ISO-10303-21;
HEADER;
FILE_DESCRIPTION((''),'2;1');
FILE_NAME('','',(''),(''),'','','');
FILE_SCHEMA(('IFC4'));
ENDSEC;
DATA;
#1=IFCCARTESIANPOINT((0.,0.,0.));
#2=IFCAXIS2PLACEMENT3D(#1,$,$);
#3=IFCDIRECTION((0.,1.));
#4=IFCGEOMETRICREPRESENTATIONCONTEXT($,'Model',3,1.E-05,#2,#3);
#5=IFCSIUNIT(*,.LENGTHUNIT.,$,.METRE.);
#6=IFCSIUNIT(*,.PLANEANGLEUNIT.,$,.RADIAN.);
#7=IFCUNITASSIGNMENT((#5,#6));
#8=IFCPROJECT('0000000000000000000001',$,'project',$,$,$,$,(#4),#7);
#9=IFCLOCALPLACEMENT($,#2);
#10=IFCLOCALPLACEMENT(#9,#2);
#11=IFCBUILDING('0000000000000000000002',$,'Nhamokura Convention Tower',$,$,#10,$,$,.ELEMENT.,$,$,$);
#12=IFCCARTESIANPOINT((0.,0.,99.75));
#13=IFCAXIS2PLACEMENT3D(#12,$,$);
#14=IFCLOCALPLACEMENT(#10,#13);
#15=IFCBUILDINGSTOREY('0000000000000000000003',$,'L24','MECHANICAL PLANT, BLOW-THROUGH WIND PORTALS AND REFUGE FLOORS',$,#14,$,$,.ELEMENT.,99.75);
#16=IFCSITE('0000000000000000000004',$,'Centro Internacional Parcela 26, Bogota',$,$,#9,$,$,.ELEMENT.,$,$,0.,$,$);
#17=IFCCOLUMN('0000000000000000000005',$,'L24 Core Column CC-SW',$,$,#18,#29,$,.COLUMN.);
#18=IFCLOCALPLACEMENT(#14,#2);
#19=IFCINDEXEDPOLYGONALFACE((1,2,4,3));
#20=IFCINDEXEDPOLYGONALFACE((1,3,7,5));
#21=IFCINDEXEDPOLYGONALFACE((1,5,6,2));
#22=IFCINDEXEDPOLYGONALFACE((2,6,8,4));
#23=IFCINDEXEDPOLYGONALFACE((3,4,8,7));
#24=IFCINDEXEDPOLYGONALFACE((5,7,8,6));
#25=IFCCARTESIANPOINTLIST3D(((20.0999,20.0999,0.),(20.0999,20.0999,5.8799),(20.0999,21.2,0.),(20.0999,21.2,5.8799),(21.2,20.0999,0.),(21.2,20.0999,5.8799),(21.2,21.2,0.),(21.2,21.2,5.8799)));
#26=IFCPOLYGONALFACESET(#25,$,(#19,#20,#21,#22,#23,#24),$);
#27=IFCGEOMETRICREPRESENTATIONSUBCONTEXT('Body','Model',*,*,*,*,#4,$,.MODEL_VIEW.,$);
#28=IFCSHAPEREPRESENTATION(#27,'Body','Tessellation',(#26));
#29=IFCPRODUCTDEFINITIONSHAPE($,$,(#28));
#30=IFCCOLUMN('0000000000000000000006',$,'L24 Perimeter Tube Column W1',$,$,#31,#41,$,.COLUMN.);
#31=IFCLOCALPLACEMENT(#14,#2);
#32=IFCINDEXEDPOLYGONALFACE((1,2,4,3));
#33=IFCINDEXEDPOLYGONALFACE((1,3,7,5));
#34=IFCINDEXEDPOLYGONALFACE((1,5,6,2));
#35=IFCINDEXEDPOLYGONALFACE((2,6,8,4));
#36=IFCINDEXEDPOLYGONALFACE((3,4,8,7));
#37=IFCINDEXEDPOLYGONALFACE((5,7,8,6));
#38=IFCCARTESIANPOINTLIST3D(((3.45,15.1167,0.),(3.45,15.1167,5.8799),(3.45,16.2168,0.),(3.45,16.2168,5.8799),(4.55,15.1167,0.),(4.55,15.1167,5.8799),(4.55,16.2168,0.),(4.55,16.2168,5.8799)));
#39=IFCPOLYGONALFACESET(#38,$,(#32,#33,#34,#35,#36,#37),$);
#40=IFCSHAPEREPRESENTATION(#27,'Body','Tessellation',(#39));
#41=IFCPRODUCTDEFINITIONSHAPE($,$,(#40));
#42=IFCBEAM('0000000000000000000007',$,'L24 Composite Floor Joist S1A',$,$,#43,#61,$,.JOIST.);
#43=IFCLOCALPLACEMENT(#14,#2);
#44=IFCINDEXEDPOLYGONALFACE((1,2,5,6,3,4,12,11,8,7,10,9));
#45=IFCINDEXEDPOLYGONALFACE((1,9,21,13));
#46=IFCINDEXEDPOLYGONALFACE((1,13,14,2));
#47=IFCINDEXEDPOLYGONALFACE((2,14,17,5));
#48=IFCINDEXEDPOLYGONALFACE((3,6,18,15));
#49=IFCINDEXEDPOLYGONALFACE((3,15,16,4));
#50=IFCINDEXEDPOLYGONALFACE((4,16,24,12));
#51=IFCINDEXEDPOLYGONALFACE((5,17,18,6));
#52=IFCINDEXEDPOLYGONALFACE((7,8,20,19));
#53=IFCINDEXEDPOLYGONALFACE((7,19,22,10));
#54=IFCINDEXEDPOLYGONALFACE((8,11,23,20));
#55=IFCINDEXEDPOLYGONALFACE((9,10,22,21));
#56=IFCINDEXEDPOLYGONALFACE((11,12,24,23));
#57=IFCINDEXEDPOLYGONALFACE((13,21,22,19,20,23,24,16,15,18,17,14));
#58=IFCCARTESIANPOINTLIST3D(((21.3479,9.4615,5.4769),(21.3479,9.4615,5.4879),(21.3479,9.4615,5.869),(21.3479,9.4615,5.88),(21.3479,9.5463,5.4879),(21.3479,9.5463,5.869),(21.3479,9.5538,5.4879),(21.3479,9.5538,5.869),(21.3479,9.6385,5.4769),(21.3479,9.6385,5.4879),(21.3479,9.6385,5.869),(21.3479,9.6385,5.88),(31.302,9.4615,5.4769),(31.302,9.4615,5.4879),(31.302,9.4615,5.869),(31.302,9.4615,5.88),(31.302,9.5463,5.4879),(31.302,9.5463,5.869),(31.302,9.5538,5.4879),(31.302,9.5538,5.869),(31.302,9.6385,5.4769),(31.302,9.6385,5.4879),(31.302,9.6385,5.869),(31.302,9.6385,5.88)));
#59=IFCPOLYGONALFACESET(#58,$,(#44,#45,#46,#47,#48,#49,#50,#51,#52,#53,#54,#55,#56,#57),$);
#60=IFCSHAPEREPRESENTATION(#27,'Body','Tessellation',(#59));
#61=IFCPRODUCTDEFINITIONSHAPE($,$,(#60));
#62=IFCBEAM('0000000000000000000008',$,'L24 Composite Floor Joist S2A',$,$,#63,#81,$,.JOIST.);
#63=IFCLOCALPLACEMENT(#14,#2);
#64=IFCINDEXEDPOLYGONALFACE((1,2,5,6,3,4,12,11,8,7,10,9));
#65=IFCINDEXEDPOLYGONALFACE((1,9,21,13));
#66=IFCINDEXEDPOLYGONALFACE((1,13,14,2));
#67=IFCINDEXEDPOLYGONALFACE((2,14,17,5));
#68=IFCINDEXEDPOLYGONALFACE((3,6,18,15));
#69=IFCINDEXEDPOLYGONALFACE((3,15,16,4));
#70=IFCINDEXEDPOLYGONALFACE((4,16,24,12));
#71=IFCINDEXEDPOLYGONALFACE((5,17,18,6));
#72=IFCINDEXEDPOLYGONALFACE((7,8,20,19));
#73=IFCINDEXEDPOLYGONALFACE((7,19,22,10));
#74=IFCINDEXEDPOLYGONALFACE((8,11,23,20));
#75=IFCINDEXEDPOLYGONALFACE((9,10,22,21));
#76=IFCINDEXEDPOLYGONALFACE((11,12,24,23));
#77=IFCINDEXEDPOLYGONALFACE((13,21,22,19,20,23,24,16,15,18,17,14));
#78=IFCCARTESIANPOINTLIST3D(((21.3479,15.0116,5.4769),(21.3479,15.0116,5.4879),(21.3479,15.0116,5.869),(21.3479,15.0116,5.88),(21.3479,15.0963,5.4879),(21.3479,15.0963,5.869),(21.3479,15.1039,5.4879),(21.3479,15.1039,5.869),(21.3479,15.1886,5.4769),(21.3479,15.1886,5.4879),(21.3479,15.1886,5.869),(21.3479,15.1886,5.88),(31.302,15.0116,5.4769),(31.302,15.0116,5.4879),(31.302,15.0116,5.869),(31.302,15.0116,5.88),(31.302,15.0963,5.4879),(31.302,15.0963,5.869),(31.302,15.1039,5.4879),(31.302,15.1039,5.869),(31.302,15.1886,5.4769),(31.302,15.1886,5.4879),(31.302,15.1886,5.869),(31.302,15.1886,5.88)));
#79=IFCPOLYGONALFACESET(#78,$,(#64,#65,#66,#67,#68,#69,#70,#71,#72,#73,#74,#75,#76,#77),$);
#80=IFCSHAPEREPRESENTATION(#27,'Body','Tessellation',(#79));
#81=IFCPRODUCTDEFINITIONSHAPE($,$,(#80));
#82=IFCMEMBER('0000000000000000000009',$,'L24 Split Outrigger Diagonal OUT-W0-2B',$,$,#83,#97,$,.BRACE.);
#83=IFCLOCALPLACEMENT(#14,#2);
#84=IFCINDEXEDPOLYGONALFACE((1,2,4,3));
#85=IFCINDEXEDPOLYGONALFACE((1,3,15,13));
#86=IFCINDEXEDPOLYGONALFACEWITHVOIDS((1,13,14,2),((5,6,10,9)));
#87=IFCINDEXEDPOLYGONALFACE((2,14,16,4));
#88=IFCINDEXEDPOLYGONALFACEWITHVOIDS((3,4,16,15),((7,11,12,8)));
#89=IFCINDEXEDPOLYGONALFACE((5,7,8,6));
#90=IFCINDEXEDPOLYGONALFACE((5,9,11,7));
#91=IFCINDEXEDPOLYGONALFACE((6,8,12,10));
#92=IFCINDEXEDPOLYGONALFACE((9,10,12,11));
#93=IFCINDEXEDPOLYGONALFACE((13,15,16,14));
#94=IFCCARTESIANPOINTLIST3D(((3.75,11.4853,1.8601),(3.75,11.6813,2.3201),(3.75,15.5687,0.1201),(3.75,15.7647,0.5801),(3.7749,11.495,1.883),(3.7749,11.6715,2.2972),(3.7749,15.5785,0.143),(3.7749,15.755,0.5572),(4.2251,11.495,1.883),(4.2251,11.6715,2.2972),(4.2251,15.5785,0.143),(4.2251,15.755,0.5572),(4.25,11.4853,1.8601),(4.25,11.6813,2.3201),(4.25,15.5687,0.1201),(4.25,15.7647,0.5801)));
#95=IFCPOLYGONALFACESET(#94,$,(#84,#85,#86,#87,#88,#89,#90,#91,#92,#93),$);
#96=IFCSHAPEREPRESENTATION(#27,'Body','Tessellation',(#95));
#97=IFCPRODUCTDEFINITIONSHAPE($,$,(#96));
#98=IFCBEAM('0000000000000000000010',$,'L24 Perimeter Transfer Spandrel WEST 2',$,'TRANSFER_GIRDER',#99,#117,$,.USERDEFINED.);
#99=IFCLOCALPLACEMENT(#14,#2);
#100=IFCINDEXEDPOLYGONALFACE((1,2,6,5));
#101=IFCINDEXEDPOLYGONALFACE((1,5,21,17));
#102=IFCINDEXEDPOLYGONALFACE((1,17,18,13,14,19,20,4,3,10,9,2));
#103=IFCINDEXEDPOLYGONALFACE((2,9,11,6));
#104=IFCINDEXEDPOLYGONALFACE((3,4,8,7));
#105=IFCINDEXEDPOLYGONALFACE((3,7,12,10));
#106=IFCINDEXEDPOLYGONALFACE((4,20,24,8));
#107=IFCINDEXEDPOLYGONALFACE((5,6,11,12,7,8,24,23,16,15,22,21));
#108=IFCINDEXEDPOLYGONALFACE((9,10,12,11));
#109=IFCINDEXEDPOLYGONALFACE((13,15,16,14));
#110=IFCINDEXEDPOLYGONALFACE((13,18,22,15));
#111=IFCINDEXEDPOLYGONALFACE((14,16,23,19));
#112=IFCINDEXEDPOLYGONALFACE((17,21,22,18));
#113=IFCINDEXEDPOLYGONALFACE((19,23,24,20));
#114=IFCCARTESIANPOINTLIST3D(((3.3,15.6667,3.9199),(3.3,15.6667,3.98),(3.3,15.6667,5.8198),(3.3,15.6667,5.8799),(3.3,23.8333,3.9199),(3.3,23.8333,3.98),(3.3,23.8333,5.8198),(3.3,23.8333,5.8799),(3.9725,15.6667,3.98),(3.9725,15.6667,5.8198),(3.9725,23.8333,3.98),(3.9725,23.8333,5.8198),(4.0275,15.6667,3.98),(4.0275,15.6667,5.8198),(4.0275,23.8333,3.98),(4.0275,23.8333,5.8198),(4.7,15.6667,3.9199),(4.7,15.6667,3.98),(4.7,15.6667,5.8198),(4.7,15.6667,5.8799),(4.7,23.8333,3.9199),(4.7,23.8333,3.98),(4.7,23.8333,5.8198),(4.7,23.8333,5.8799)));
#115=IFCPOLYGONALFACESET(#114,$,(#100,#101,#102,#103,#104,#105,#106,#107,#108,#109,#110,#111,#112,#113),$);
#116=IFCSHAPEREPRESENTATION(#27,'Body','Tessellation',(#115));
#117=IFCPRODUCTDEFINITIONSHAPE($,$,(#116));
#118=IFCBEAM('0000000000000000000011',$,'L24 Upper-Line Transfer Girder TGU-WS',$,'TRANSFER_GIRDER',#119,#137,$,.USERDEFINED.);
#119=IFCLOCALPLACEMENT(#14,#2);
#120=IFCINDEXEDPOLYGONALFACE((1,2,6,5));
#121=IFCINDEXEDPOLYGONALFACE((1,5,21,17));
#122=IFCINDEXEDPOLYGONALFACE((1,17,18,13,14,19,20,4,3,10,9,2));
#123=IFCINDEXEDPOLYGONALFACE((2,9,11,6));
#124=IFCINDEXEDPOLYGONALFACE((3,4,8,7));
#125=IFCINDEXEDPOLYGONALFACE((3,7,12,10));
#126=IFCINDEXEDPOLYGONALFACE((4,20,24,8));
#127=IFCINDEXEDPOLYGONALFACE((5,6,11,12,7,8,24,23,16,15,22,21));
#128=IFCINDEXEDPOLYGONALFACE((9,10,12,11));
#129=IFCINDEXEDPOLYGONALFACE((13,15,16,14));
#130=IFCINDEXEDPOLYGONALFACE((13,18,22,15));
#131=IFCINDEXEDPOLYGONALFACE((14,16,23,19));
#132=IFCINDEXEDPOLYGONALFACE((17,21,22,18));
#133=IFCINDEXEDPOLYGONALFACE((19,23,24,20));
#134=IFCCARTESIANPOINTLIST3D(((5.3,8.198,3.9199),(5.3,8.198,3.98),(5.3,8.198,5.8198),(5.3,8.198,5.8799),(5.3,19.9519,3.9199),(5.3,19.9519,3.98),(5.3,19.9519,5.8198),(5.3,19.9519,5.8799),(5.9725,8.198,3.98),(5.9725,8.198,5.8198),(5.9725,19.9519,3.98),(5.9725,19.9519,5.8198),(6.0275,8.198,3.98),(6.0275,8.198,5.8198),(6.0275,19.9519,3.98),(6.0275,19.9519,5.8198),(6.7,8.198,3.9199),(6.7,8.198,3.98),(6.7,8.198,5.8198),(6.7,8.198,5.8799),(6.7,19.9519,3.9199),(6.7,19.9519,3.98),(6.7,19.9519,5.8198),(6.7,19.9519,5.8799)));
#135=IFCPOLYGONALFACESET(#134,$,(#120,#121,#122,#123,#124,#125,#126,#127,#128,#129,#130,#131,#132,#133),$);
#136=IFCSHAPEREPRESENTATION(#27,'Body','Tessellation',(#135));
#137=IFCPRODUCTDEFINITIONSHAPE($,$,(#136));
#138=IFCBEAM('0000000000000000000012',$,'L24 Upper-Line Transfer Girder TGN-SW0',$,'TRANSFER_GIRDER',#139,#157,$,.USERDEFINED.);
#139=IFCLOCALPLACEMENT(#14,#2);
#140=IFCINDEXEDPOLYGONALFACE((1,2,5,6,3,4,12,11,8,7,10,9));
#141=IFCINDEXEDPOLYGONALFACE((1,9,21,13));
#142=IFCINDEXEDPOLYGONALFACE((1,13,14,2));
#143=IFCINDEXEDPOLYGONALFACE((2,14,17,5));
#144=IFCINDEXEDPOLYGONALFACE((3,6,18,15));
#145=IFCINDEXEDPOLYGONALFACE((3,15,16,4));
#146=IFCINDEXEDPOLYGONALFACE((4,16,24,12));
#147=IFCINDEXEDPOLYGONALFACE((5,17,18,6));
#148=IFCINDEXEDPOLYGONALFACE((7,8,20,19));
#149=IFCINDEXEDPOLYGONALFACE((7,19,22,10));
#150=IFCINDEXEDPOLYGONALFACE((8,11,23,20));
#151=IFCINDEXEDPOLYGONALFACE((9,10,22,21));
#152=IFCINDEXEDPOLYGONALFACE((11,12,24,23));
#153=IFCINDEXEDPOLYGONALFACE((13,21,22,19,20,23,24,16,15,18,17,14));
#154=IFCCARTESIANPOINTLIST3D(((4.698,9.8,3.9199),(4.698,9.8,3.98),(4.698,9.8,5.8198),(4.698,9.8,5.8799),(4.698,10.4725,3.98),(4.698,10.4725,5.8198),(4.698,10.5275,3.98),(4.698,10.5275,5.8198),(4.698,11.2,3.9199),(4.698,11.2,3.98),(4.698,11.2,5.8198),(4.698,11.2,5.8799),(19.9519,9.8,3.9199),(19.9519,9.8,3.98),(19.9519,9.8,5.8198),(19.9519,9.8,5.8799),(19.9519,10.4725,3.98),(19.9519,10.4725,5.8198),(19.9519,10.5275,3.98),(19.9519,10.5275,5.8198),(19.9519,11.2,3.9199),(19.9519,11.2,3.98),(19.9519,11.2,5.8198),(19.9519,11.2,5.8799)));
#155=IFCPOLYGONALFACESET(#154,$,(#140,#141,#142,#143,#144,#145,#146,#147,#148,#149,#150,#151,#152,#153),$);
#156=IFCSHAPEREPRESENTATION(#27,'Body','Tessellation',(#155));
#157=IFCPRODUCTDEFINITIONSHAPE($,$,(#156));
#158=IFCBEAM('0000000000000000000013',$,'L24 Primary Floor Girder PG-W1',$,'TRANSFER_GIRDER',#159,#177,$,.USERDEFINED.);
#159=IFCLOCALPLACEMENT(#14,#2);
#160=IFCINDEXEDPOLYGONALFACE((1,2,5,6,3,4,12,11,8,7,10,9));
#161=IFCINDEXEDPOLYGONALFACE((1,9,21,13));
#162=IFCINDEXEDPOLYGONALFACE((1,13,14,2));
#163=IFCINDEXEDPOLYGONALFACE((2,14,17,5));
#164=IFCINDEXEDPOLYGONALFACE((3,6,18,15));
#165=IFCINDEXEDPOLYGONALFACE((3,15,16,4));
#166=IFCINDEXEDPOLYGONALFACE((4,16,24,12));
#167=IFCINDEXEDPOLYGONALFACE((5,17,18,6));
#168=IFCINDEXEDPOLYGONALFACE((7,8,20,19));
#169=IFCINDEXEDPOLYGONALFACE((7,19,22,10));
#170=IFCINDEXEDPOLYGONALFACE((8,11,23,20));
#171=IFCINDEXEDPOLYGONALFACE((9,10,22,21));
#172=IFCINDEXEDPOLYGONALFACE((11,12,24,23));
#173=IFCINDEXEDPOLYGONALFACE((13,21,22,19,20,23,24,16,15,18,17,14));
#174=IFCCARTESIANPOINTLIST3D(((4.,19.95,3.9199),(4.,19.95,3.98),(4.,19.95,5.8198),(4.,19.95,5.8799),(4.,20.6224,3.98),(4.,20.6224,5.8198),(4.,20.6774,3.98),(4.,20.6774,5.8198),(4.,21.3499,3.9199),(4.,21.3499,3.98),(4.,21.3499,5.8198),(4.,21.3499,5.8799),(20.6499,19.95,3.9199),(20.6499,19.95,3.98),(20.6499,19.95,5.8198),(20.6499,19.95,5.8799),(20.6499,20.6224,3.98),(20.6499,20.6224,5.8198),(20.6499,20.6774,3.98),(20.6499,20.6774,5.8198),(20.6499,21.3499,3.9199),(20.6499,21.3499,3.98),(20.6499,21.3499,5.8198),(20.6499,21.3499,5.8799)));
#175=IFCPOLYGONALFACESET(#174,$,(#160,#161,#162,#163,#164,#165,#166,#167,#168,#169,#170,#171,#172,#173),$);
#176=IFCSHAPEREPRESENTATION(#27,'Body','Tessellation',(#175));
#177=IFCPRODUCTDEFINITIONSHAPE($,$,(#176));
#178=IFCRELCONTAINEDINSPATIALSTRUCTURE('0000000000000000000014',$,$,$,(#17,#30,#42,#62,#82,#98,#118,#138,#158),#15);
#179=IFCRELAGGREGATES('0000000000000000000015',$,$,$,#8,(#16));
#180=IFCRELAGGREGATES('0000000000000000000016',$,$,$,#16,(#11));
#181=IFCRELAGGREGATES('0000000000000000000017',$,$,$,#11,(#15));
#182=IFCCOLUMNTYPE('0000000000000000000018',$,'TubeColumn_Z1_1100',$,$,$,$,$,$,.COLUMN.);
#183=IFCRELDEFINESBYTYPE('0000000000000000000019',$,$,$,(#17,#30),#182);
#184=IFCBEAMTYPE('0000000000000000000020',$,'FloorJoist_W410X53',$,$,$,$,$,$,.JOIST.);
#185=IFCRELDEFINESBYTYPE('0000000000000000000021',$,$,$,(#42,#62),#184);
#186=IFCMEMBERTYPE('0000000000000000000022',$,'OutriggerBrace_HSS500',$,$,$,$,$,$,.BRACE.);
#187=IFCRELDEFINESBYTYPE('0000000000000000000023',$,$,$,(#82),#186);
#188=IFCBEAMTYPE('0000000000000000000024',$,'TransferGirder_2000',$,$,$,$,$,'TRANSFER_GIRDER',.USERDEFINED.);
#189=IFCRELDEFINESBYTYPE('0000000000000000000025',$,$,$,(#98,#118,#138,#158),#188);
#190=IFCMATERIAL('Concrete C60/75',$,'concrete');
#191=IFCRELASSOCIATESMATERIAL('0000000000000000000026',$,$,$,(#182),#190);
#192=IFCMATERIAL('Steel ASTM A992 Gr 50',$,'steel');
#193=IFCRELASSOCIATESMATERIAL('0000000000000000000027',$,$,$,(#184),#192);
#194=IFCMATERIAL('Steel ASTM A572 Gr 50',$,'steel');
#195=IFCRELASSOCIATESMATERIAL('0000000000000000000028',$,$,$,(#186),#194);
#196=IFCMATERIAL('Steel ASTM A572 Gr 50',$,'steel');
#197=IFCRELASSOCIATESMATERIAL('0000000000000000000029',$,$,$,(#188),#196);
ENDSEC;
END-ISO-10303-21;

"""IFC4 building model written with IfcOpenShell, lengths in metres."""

from ifc_helpers import new_model, si_unit, direction, frame, origin, origin_2d, place, context, subcontext, project, spatial, rectangle, hollow_rectangle, i_section, extrude, material, material_profile, profile_set, type_object, element, save


model = new_model("IFC4")

# Units and contexts
model_context = context("Model", 3, precision=1e-05, world=origin(), true_north=direction((0.0, 1.0)))
body_context = subcontext(model_context, "Body", "Model", "MODEL_VIEW")
ifc_project = project(units=[si_unit("LENGTHUNIT", "METRE"), si_unit("PLANEANGLEUNIT", "RADIAN")], contexts=[model_context])

# Site, building, storey
site_placement = place(None, origin())
site = spatial("IfcSite", under=ifc_project, at=site_placement, Name="Centro Internacional Parcela 26, Bogota", CompositionType="ELEMENT", RefElevation=0.0)
building_placement = place(site_placement, origin())
building = spatial("IfcBuilding", under=site, at=building_placement, Name="Nhamokura Convention Tower", CompositionType="ELEMENT")
storey_placement = place(building_placement, frame((0.0, 0.0, 99.75)))
storey = spatial("IfcBuildingStorey", under=building, at=storey_placement, Name="L24", Description="MECHANICAL PLANT, BLOW-THROUGH WIND PORTALS AND REFUGE FLOORS", CompositionType="ELEMENT", Elevation=99.75)

# Columns
ifc_material_1 = material(Name="Concrete C60/75", Category="concrete")
ifc_material_profile_1 = material_profile(ifc_material_1, rectangle(XDim=1.1001, YDim=1.1001, at=origin_2d()))
ifc_profile_set_1 = profile_set([ifc_material_profile_1], Name="Concrete C60/75")
column_type = type_object("IfcColumnType", Name="TubeColumn_Z1_1100", PredefinedType="COLUMN", material=ifc_profile_set_1)
for number, where, z_axis, x_axis, name in (
    (1, (20.6499, 20.6499, 0.0), (0.0, 0.0, 1.0), (1.0, 0.0, 0.0), "L24 Core Column CC-SW"),
    (2, (4.0, 15.6667, 0.0), (0.0, 0.0, 1.0), (1.0, 0.0, 0.0), "L24 Perimeter Tube Column W1"),
):
    element("IfcColumn", number, at=place(storey_placement, frame(where, z_axis=z_axis, x_axis=x_axis)), inside=storey, type_object=column_type, Name=name, PredefinedType="COLUMN", context=body_context, shape_type="SweptSolid", body=[
        extrude(rectangle(XDim=1.1001, YDim=1.1001, at=origin_2d()), origin(), (0.0, 0.0, 1.0), 5.8799),
    ])

# Beams
ifc_material_2 = material(Name="Steel ASTM A992 Gr 50", Category="steel")
ifc_material_profile_2 = material_profile(ifc_material_2, i_section(OverallWidth=0.177, OverallDepth=0.4031, WebThickness=0.0076, FlangeThickness=0.011, at=origin_2d()))
ifc_profile_set_2 = profile_set([ifc_material_profile_2], Name="Steel ASTM A992 Gr 50")
beam_type_1 = type_object("IfcBeamType", Name="FloorJoist_W410X53", PredefinedType="JOIST", material=ifc_profile_set_2)
for number, where, z_axis, x_axis, name in (
    (3, (21.3479, 9.55, 5.6785), (1.0, 0.0, 0.0), (0.0, 1.0, 0.0), "L24 Composite Floor Joist S1A"),
    (4, (21.3479, 15.1001, 5.6785), (1.0, 0.0, 0.0), (0.0, 1.0, 0.0), "L24 Composite Floor Joist S2A"),
):
    element("IfcBeam", number, at=place(storey_placement, frame(where, z_axis=z_axis, x_axis=x_axis)), inside=storey, type_object=beam_type_1, Name=name, PredefinedType="JOIST", context=body_context, shape_type="SweptSolid", body=[
        extrude(i_section(OverallWidth=0.177, OverallDepth=0.4031, WebThickness=0.0076, FlangeThickness=0.011, at=origin_2d()), origin(), (0.0, 0.0, 1.0), 9.9541),
    ])

# Member
ifc_material_3 = material(Name="Steel ASTM A572 Gr 50", Category="steel")
ifc_material_profile_3 = material_profile(ifc_material_3, hollow_rectangle(XDim=0.5, YDim=0.5, WallThickness=0.0249, at=origin_2d()))
ifc_profile_set_3 = profile_set([ifc_material_profile_3], Name="Steel ASTM A572 Gr 50")
member_type_1 = type_object("IfcMemberType", Name="OutriggerBrace_HSS500", PredefinedType="BRACE", material=ifc_profile_set_3)
member_placement = place(storey_placement, frame((4.0, 11.5833, 2.0901), z_axis=(0.0, 0.919965, -0.392), x_axis=(-1.0, 0.0, 0.0)))
element("IfcMember", 5, at=member_placement, inside=storey, type_object=member_type_1, Name="L24 Split Outrigger Diagonal OUT-W0-2B", PredefinedType="BRACE", context=body_context, shape_type="SweptSolid", body=[
    extrude(hollow_rectangle(XDim=0.5, YDim=0.5, WallThickness=0.0249, at=origin_2d()), origin(), (0.0, 0.0, 1.0), 4.4387),
])

# Beams
ifc_material_4 = material(Name="Steel ASTM A572 Gr 50", Category="steel")
ifc_material_profile_4 = material_profile(ifc_material_4, i_section(OverallWidth=1.3999, OverallDepth=1.96, WebThickness=0.0549, FlangeThickness=0.0601, at=origin_2d()))
ifc_profile_set_4 = profile_set([ifc_material_profile_4], Name="Steel ASTM A572 Gr 50")
beam_type_2 = type_object("IfcBeamType", Name="TransferGirder_2000", ElementType="TRANSFER_GIRDER", PredefinedType="USERDEFINED", material=ifc_profile_set_4)
beam_1_placement = place(storey_placement, frame((4.0, 15.6667, 4.8999), z_axis=(0.0, 1.0, 0.0), x_axis=(-1.0, 0.0, 0.0)))
element("IfcBeam", 6, at=beam_1_placement, inside=storey, type_object=beam_type_2, Name="L24 Perimeter Transfer Spandrel WEST 2", ObjectType="TRANSFER_GIRDER", PredefinedType="USERDEFINED", context=body_context, shape_type="SweptSolid", body=[
    extrude(i_section(OverallWidth=1.3999, OverallDepth=1.96, WebThickness=0.0549, FlangeThickness=0.0601, at=origin_2d()), origin(), (0.0, 0.0, 1.0), 8.1665),
])
beam_2_placement = place(storey_placement, frame((6.0, 8.198, 4.8999), z_axis=(0.0, 1.0, 0.0), x_axis=(-1.0, 0.0, 0.0)))
element("IfcBeam", 7, at=beam_2_placement, inside=storey, type_object=beam_type_2, Name="L24 Upper-Line Transfer Girder TGU-WS", ObjectType="TRANSFER_GIRDER", PredefinedType="USERDEFINED", context=body_context, shape_type="SweptSolid", body=[
    extrude(i_section(OverallWidth=1.3999, OverallDepth=1.96, WebThickness=0.0549, FlangeThickness=0.0601, at=origin_2d()), origin(), (0.0, 0.0, 1.0), 11.7539),
])
beam_3_placement = place(storey_placement, frame((4.698, 10.5, 4.8999), z_axis=(1.0, 0.0, 0.0), x_axis=(0.0, 1.0, 0.0)))
element("IfcBeam", 8, at=beam_3_placement, inside=storey, type_object=beam_type_2, Name="L24 Upper-Line Transfer Girder TGN-SW0", ObjectType="TRANSFER_GIRDER", PredefinedType="USERDEFINED", context=body_context, shape_type="SweptSolid", body=[
    extrude(i_section(OverallWidth=1.3999, OverallDepth=1.96, WebThickness=0.0549, FlangeThickness=0.0601, at=origin_2d()), origin(), (0.0, 0.0, 1.0), 15.2539),
])
beam_4_placement = place(storey_placement, frame((4.0, 20.6499, 4.8999), z_axis=(1.0, 0.0, 0.0), x_axis=(0.0, 1.0, 0.0)))
element("IfcBeam", 9, at=beam_4_placement, inside=storey, type_object=beam_type_2, Name="L24 Primary Floor Girder PG-W1", ObjectType="TRANSFER_GIRDER", PredefinedType="USERDEFINED", context=body_context, shape_type="SweptSolid", body=[
    extrude(i_section(OverallWidth=1.3999, OverallDepth=1.96, WebThickness=0.0549, FlangeThickness=0.0601, at=origin_2d()), origin(), (0.0, 0.0, 1.0), 16.6499),
])

save(model, "model.ifc")
